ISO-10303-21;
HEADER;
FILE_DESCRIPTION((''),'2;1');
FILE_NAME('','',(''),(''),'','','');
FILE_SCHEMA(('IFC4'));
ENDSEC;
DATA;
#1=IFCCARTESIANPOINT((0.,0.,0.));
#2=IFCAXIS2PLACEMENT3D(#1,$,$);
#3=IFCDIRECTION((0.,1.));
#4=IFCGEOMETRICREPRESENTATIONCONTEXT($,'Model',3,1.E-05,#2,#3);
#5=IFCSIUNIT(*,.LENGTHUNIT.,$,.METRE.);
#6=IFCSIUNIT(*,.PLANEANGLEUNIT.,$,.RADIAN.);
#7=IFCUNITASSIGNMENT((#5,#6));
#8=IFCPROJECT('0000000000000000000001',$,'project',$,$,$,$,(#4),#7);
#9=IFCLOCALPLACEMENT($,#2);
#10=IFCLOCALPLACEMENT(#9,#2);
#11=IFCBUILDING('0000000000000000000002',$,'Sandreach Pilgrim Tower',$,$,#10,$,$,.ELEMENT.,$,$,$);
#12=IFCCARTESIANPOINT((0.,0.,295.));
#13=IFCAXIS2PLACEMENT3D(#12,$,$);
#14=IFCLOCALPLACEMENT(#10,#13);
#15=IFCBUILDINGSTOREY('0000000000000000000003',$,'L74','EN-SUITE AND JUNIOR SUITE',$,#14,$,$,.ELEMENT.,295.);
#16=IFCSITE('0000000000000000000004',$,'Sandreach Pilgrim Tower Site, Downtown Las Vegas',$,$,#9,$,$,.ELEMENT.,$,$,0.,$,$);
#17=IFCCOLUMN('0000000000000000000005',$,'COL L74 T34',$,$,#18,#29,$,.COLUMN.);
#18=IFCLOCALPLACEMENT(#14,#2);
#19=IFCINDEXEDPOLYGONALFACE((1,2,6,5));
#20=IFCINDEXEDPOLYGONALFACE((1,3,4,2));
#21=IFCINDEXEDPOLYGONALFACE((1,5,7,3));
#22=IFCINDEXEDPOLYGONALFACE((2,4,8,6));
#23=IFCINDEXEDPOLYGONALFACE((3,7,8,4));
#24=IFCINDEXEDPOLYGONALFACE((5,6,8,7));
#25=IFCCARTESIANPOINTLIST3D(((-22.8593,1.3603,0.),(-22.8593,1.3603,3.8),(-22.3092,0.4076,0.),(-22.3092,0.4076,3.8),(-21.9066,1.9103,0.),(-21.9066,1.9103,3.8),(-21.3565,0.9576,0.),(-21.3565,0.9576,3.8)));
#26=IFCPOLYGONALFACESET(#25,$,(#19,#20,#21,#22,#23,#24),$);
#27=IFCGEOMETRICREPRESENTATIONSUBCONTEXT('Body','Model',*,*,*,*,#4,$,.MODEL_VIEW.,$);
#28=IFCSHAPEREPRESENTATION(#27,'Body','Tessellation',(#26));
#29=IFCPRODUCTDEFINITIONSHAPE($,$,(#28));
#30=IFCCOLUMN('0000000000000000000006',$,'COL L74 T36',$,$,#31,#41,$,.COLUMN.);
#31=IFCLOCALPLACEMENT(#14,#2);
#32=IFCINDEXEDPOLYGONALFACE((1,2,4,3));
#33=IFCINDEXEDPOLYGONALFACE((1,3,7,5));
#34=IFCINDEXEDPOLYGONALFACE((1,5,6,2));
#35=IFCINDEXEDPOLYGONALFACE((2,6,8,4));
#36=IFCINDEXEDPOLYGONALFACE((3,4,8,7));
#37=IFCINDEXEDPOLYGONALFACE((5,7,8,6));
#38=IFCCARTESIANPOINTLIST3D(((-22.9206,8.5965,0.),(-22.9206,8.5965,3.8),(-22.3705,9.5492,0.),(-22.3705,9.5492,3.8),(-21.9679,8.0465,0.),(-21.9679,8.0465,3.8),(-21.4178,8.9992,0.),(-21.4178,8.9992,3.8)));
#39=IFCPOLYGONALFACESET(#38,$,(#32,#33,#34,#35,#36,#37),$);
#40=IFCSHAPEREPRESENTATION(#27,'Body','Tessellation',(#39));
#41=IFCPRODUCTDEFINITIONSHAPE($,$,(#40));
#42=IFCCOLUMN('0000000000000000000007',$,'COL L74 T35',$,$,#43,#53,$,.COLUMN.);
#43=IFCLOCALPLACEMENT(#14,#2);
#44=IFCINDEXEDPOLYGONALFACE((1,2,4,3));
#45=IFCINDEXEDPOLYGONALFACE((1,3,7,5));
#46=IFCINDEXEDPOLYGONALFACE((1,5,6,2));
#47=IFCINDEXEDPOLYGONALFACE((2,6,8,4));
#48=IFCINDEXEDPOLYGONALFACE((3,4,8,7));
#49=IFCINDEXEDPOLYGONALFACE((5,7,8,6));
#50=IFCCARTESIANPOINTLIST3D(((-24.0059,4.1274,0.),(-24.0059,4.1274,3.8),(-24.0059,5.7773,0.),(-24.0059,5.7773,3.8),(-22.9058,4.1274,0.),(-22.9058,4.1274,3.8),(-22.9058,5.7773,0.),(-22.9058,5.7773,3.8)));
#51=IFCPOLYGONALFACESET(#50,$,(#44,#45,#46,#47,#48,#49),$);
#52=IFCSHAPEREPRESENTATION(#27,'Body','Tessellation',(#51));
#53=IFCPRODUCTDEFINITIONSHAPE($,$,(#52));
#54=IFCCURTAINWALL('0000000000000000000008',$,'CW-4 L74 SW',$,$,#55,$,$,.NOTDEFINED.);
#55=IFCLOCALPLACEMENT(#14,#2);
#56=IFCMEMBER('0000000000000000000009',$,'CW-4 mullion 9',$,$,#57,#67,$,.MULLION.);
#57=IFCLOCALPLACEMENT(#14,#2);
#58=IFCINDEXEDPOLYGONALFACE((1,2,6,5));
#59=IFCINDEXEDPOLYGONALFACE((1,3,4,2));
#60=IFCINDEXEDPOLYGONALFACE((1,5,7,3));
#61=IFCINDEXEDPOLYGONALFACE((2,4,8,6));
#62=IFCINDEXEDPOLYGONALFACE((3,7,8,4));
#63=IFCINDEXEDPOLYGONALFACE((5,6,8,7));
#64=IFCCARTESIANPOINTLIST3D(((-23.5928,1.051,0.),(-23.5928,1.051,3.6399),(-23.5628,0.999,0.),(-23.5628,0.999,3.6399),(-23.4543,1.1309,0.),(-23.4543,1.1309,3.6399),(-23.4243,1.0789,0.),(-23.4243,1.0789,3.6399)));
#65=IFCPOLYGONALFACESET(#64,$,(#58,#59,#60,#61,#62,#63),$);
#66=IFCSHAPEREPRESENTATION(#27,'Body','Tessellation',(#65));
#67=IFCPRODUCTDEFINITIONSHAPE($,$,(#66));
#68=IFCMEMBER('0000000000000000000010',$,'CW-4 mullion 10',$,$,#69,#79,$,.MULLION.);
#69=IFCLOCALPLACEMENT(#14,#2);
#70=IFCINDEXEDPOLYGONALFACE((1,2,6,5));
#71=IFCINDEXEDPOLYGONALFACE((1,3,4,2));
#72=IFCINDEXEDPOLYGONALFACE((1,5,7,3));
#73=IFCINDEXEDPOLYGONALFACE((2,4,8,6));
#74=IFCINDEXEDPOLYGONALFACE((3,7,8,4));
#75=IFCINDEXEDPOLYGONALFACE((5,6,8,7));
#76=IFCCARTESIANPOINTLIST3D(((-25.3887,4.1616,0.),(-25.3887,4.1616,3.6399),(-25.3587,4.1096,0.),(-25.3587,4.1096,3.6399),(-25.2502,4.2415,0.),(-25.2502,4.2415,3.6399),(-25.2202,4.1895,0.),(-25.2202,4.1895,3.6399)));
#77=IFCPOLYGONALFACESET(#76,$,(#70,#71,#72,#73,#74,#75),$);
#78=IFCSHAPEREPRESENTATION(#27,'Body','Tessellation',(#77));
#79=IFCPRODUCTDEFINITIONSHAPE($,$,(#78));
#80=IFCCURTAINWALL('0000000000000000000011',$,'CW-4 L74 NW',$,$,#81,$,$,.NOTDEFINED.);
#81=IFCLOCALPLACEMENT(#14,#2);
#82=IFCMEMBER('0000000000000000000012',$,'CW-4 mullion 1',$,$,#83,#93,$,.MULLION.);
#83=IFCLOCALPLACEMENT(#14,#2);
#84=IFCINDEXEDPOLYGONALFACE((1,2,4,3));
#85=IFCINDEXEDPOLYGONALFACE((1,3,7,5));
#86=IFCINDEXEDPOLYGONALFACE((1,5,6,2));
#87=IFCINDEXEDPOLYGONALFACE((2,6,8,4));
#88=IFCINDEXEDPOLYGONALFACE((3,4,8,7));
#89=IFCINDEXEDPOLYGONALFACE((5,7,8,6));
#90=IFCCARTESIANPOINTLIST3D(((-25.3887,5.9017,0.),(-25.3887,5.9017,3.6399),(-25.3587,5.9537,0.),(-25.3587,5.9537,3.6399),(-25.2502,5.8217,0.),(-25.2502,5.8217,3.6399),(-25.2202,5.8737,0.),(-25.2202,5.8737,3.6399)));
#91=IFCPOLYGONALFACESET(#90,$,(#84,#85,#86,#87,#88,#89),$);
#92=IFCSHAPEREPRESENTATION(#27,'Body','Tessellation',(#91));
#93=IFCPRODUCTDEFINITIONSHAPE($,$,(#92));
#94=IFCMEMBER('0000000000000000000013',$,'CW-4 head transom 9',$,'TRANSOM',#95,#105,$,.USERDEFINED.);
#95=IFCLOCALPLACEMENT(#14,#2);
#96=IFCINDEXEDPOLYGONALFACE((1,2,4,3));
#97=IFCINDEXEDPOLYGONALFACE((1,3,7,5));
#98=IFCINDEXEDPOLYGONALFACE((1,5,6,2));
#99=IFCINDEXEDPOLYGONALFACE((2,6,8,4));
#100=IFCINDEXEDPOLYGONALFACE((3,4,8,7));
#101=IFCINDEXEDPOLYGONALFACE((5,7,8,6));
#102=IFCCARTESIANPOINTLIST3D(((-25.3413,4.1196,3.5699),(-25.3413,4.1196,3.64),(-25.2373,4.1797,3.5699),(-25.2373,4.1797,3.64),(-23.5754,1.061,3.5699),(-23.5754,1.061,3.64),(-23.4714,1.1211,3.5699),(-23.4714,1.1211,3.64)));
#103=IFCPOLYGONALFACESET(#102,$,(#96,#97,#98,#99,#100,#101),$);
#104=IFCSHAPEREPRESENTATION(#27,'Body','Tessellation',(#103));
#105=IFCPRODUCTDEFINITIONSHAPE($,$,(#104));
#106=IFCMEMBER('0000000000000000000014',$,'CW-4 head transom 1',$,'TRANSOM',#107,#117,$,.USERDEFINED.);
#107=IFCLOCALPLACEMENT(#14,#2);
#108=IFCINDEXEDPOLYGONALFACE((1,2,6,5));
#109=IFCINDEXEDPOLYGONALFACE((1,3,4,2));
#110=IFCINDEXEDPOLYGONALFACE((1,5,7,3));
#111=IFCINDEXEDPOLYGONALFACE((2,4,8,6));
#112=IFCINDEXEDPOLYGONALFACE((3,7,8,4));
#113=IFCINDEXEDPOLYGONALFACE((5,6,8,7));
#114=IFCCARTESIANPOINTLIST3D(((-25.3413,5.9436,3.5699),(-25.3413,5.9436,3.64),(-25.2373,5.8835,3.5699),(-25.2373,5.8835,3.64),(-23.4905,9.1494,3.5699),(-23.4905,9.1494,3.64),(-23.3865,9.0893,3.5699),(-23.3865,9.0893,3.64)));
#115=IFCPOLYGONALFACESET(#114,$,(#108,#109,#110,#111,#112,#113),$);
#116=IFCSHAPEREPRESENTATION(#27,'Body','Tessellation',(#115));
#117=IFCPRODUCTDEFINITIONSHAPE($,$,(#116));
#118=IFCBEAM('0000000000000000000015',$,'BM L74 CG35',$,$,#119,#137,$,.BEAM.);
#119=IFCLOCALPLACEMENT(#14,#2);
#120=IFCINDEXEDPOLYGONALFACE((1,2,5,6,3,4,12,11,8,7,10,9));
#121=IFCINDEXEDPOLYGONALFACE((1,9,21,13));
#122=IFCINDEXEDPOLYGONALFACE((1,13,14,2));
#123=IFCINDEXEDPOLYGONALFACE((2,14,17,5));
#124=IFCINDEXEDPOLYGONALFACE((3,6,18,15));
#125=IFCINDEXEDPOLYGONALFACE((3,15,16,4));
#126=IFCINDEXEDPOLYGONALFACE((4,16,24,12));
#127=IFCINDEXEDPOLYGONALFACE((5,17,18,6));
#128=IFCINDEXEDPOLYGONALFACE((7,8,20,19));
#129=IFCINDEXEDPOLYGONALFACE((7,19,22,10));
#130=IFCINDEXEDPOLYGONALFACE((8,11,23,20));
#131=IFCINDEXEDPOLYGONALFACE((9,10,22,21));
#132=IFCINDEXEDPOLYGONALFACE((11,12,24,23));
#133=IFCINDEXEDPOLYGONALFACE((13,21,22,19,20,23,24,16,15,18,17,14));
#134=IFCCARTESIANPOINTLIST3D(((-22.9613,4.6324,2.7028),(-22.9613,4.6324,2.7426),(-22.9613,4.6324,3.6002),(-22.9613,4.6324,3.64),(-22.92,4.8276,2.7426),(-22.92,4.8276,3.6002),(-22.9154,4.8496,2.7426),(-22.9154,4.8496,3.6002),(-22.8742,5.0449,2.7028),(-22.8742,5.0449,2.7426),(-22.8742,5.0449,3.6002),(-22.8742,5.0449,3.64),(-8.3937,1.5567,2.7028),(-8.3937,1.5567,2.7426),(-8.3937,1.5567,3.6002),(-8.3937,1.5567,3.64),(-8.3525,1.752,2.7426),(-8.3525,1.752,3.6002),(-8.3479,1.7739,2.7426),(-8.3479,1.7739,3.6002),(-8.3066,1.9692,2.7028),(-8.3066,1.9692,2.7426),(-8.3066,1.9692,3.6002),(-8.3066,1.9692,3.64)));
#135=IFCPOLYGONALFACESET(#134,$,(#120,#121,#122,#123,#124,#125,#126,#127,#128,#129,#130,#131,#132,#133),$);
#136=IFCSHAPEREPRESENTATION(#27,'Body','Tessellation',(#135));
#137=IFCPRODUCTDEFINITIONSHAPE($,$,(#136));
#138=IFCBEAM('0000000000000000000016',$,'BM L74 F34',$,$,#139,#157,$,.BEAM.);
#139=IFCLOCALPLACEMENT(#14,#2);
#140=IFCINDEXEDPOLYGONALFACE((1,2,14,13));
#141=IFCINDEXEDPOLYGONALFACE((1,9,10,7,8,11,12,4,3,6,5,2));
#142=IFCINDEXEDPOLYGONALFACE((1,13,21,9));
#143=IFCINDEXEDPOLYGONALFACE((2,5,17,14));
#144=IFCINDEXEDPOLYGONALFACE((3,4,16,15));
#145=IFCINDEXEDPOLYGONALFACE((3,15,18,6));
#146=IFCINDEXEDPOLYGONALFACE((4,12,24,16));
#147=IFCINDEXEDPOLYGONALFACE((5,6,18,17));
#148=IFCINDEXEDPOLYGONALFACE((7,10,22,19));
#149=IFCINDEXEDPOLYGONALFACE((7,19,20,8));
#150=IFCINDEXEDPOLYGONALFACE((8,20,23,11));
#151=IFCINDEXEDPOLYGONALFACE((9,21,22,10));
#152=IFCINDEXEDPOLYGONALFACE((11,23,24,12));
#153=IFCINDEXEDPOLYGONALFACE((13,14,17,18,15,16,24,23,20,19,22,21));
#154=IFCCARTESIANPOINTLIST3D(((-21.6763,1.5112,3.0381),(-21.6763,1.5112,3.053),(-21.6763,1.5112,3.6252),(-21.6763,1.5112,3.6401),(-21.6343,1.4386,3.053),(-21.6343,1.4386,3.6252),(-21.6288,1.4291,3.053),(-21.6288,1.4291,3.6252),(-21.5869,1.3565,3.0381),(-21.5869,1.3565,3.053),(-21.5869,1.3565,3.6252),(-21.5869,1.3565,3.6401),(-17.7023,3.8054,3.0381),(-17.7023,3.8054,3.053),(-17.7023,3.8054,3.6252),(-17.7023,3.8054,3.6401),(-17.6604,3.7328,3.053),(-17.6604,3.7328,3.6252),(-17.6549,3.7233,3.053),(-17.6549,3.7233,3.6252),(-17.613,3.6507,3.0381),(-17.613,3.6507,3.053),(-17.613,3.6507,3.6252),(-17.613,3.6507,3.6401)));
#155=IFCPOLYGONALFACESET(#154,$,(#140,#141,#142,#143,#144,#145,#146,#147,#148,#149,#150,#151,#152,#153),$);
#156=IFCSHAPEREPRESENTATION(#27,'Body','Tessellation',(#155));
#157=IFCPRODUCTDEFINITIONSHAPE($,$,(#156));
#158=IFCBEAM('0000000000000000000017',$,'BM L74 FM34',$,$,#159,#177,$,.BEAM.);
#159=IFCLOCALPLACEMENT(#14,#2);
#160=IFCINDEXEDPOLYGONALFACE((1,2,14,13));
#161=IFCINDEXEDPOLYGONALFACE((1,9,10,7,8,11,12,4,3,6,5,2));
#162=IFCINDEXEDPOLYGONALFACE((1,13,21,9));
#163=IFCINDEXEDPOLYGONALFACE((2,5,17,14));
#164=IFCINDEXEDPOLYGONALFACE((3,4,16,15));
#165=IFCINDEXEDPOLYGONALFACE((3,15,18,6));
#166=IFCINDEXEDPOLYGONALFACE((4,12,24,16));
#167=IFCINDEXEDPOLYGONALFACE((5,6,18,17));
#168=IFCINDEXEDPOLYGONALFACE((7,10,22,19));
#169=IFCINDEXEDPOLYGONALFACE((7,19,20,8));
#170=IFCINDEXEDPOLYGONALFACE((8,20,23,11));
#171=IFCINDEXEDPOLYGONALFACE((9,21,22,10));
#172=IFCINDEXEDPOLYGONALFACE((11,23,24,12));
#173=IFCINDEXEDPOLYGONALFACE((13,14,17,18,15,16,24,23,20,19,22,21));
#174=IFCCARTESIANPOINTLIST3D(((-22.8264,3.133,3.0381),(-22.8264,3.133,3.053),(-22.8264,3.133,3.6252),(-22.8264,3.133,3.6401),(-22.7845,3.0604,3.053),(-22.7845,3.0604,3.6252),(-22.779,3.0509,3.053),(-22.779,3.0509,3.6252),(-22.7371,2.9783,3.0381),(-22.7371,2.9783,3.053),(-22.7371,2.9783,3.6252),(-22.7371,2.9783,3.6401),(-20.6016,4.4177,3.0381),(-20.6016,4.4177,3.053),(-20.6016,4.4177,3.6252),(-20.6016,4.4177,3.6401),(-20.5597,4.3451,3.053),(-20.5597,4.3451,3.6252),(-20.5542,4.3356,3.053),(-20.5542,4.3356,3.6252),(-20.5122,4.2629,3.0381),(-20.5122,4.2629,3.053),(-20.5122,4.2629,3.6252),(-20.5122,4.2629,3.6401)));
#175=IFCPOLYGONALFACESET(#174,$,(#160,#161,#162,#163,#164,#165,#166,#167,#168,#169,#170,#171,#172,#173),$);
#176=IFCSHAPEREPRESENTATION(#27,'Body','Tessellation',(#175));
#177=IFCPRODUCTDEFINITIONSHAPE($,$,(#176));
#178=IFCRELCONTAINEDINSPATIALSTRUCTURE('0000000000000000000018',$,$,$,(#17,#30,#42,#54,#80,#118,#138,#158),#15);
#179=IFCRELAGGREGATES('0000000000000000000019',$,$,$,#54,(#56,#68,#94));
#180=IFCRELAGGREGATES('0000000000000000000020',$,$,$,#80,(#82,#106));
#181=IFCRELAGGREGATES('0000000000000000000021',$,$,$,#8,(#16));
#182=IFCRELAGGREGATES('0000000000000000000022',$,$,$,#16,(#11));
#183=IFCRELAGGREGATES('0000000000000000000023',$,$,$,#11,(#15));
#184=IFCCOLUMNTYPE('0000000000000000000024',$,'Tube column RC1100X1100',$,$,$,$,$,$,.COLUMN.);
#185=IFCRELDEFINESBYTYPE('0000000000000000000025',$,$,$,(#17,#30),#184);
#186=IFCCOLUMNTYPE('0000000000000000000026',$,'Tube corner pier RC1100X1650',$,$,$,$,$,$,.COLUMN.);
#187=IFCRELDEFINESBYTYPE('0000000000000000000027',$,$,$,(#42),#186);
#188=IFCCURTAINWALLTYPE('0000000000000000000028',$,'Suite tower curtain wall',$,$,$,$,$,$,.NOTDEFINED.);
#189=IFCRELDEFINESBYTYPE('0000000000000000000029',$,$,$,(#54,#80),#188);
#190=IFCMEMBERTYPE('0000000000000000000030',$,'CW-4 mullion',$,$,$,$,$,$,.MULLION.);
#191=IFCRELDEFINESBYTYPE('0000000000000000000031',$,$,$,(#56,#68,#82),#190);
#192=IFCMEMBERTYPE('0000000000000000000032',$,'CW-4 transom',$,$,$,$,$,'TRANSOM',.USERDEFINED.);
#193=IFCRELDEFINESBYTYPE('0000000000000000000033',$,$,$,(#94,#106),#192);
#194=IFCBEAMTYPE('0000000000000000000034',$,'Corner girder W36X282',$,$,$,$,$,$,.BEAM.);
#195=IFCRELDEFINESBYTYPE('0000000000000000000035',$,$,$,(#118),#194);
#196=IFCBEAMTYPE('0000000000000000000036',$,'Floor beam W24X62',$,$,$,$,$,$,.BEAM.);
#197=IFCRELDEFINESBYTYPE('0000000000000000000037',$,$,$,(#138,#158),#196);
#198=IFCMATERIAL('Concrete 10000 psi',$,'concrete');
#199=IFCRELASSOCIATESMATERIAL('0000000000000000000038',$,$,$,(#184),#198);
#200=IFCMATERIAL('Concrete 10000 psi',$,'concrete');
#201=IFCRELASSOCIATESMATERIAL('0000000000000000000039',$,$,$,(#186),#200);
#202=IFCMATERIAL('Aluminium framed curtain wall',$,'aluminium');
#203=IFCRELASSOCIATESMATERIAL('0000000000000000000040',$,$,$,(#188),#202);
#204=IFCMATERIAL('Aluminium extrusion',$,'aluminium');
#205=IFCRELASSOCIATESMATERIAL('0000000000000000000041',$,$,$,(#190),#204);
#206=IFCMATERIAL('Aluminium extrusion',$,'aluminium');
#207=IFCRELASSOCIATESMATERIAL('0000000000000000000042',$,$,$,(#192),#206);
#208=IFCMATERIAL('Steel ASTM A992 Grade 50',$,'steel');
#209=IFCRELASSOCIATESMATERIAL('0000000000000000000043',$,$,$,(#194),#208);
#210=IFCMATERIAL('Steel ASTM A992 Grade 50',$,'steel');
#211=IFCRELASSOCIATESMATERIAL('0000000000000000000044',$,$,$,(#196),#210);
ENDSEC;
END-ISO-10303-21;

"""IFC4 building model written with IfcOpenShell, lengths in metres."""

from ifc_helpers import new_model, si_unit, direction, frame, origin, origin_2d, place, context, subcontext, project, spatial, rectangle, i_section, extrude, material, material_profile, profile_set, type_object, element, aggregate, save


model = new_model("IFC4")

# Units and contexts
model_context = context("Model", 3, precision=1e-05, world=origin(), true_north=direction((0.0, 1.0)))
body_context = subcontext(model_context, "Body", "Model", "MODEL_VIEW")
ifc_project = project(units=[si_unit("LENGTHUNIT", "METRE"), si_unit("PLANEANGLEUNIT", "RADIAN")], contexts=[model_context])

# Site, building, storey
site_placement = place(None, origin())
site = spatial("IfcSite", under=ifc_project, at=site_placement, Name="Sandreach Pilgrim Tower Site, Downtown Las Vegas", CompositionType="ELEMENT", RefElevation=0.0)
building_placement = place(site_placement, origin())
building = spatial("IfcBuilding", under=site, at=building_placement, Name="Sandreach Pilgrim Tower", CompositionType="ELEMENT")
storey_placement = place(building_placement, frame((0.0, 0.0, 295.0)))
storey = spatial("IfcBuildingStorey", under=building, at=storey_placement, Name="L74", Description="EN-SUITE AND JUNIOR SUITE", CompositionType="ELEMENT", Elevation=295.0)

# Columns
ifc_material_1 = material(Name="Concrete 10000 psi", Category="concrete")
ifc_material_profile_1 = material_profile(ifc_material_1, rectangle(XDim=1.1001, YDim=1.1001, at=origin_2d()), Name="RC1100X1100")
ifc_profile_set_1 = profile_set([ifc_material_profile_1], Name="Concrete 10000 psi")
column_type_1 = type_object("IfcColumnType", Name="Tube column RC1100X1100", PredefinedType="COLUMN", material=ifc_profile_set_1)
for number, where, z_axis, x_axis, name in (
    (1, (-22.1079, 1.1589, 0.0), (0.0, 0.0, 1.0), (-0.866025, -0.5, 0.0), "COL L74 T34"),
    (2, (-22.1692, 8.7979, 0.0), (0.0, 0.0, 1.0), (-0.866025, 0.5, 0.0), "COL L74 T36"),
):
    element("IfcColumn", number, at=place(storey_placement, frame(where, z_axis=z_axis, x_axis=x_axis)), inside=storey, type_object=column_type_1, Name=name, PredefinedType="COLUMN", context=body_context, shape_type="SweptSolid", body=[
        extrude(rectangle(XDim=1.1001, YDim=1.1001, at=origin_2d()), origin(), (0.0, 0.0, 1.0), 3.8),
    ])
ifc_material_2 = material(Name="Concrete 10000 psi", Category="concrete")
ifc_material_profile_2 = material_profile(ifc_material_2, rectangle(XDim=1.1001, YDim=1.6499, at=origin_2d()), Name="RC1100X1650")
ifc_profile_set_2 = profile_set([ifc_material_profile_2], Name="Concrete 10000 psi")
column_type_2 = type_object("IfcColumnType", Name="Tube corner pier RC1100X1650", PredefinedType="COLUMN", material=ifc_profile_set_2)
column_placement = place(storey_placement, frame((-23.4558, 4.9524, 0.0), z_axis=(0.0, 0.0, 1.0), x_axis=(-1.0, 0.0, 0.0)))
element("IfcColumn", 3, at=column_placement, inside=storey, type_object=column_type_2, Name="COL L74 T35", PredefinedType="COLUMN", context=body_context, shape_type="SweptSolid", body=[
    extrude(rectangle(XDim=1.1001, YDim=1.6499, at=origin_2d()), origin(), (0.0, 0.0, 1.0), 3.8),
])

# Curtain wall, members
ifc_material_3 = material(Name="Aluminium framed curtain wall", Category="aluminium")
curtain_wall_type = type_object("IfcCurtainWallType", Name="Suite tower curtain wall", PredefinedType="NOTDEFINED", material=ifc_material_3)
curtain_wall_1_placement = place(storey_placement, origin())
curtain_wall_1 = element("IfcCurtainWall", 4, at=curtain_wall_1_placement, inside=storey, type_object=curtain_wall_type, Name="CW-4 L74 SW", PredefinedType="NOTDEFINED")
ifc_material_4 = material(Name="Aluminium extrusion", Category="aluminium")
ifc_material_profile_3 = material_profile(ifc_material_4, rectangle(XDim=0.0601, YDim=0.1599, at=origin_2d()), Name="CW-4M 60X160")
ifc_profile_set_3 = profile_set([ifc_material_profile_3], Name="Aluminium extrusion")
member_type_1 = type_object("IfcMemberType", Name="CW-4 mullion", PredefinedType="MULLION", material=ifc_profile_set_3)
member_1_placement = place(storey_placement, frame((-23.5085, 1.0649, 0.0), z_axis=(0.0, 0.0, 1.0), x_axis=(-0.5, 0.866025, 0.0)))
member_1 = element("IfcMember", 5, at=member_1_placement, type_object=member_type_1, Name="CW-4 mullion 9", PredefinedType="MULLION", context=body_context, shape_type="SweptSolid", body=[
    extrude(rectangle(XDim=0.0601, YDim=0.1599, at=origin_2d()), origin(), (0.0, 0.0, 1.0), 3.6399),
])
member_2_placement = place(storey_placement, frame((-25.3044, 4.1755, 0.0), z_axis=(0.0, 0.0, 1.0), x_axis=(-0.5, 0.866025, 0.0)))
member_2 = element("IfcMember", 6, at=member_2_placement, type_object=member_type_1, Name="CW-4 mullion 10", PredefinedType="MULLION", context=body_context, shape_type="SweptSolid", body=[
    extrude(rectangle(XDim=0.0601, YDim=0.1599, at=origin_2d()), origin(), (0.0, 0.0, 1.0), 3.6399),
])

# Curtain wall, member
curtain_wall_2_placement = place(storey_placement, origin())
curtain_wall_2 = element("IfcCurtainWall", 7, at=curtain_wall_2_placement, inside=storey, type_object=curtain_wall_type, Name="CW-4 L74 NW", PredefinedType="NOTDEFINED")
member_3_placement = place(storey_placement, frame((-25.3044, 5.8877, 0.0), z_axis=(0.0, 0.0, 1.0), x_axis=(0.5, 0.866025, 0.0)))
member_3 = element("IfcMember", 8, at=member_3_placement, type_object=member_type_1, Name="CW-4 mullion 1", PredefinedType="MULLION", context=body_context, shape_type="SweptSolid", body=[
    extrude(rectangle(XDim=0.0601, YDim=0.1599, at=origin_2d()), origin(), (0.0, 0.0, 1.0), 3.6399),
])

# Members
ifc_material_5 = material(Name="Aluminium extrusion", Category="aluminium")
ifc_material_profile_4 = material_profile(ifc_material_5, rectangle(XDim=0.1201, YDim=0.0701, at=origin_2d()), Name="CW-4T 120X70")
ifc_profile_set_4 = profile_set([ifc_material_profile_4], Name="Aluminium extrusion")
member_type_2 = type_object("IfcMemberType", Name="CW-4 transom", ElementType="TRANSOM", PredefinedType="USERDEFINED", material=ifc_profile_set_4)
member_4_placement = place(storey_placement, frame((-23.5234, 1.0911, 3.605), z_axis=(-0.499998, 0.866027, 0.0), x_axis=(-0.866027, -0.499998, 0.0)))
member_4 = element("IfcMember", 9, at=member_4_placement, type_object=member_type_2, Name="CW-4 head transom 9", ObjectType="TRANSOM", PredefinedType="USERDEFINED", context=body_context, shape_type="SweptSolid", body=[
    extrude(rectangle(XDim=0.1201, YDim=0.0701, at=origin_2d()), origin(), (0.0, 0.0, 1.0), 3.5317),
])
member_5_placement = place(storey_placement, frame((-25.2893, 5.9136, 3.605), z_axis=(0.499991, 0.866031, 0.0), x_axis=(-0.866031, 0.499991, 0.0)))
member_5 = element("IfcMember", 10, at=member_5_placement, type_object=member_type_2, Name="CW-4 head transom 1", ObjectType="TRANSOM", PredefinedType="USERDEFINED", context=body_context, shape_type="SweptSolid", body=[
    extrude(rectangle(XDim=0.1201, YDim=0.0701, at=origin_2d()), origin(), (0.0, 0.0, 1.0), 3.7017),
])

# Beams
ifc_material_6 = material(Name="Steel ASTM A992 Grade 50", Category="steel")
ifc_material_profile_5 = material_profile(ifc_material_6, i_section(OverallWidth=0.4216, OverallDepth=0.9373, WebThickness=0.0225, FlangeThickness=0.0398, at=origin_2d()), Name="W36X282")
ifc_profile_set_5 = profile_set([ifc_material_profile_5], Name="Steel ASTM A992 Grade 50")
beam_type_1 = type_object("IfcBeamType", Name="Corner girder W36X282", PredefinedType="BEAM", material=ifc_profile_set_5)
beam_1_placement = place(storey_placement, frame((-22.9177, 4.8386, 3.1714), z_axis=(0.97843, -0.206577, 0.0), x_axis=(0.206577, 0.97843, 0.0)))
element("IfcBeam", 11, at=beam_1_placement, inside=storey, type_object=beam_type_1, Name="BM L74 CG35", PredefinedType="BEAM", context=body_context, shape_type="SweptSolid", body=[
    extrude(i_section(OverallWidth=0.4216, OverallDepth=0.9373, WebThickness=0.0225, FlangeThickness=0.0398, at=origin_2d()), origin(), (0.0, 0.0, 1.0), 14.8887),
])
ifc_material_7 = material(Name="Steel ASTM A992 Grade 50", Category="steel")
ifc_material_profile_6 = material_profile(ifc_material_7, i_section(OverallWidth=0.1787, OverallDepth=0.6021, WebThickness=0.011, FlangeThickness=0.0149, at=origin_2d()), Name="W24X62")
ifc_profile_set_6 = profile_set([ifc_material_profile_6], Name="Steel ASTM A992 Grade 50")
beam_type_2 = type_object("IfcBeamType", Name="Floor beam W24X62", PredefinedType="BEAM", material=ifc_profile_set_6)
beam_2_placement = place(storey_placement, frame((-21.6316, 1.4338, 3.3391), z_axis=(0.866038, 0.499979, 0.0), x_axis=(-0.499979, 0.866038, 0.0)))
element("IfcBeam", 12, at=beam_2_placement, inside=storey, type_object=beam_type_2, Name="BM L74 F34", PredefinedType="BEAM", context=body_context, shape_type="SweptSolid", body=[
    extrude(i_section(OverallWidth=0.1787, OverallDepth=0.6021, WebThickness=0.011, FlangeThickness=0.0149, at=origin_2d()), origin(), (0.0, 0.0, 1.0), 4.5886),
])
beam_3_placement = place(storey_placement, frame((-22.7817, 3.0557, 3.3391), z_axis=(0.866, 0.500043, 0.0), x_axis=(-0.500043, 0.866, 0.0)))
element("IfcBeam", 13, at=beam_3_placement, inside=storey, type_object=beam_type_2, Name="BM L74 FM34", PredefinedType="BEAM", context=body_context, shape_type="SweptSolid", body=[
    extrude(i_section(OverallWidth=0.1787, OverallDepth=0.6021, WebThickness=0.011, FlangeThickness=0.0149, at=origin_2d()), origin(), (0.0, 0.0, 1.0), 2.5691),
])

aggregate(curtain_wall_1, [member_1, member_2, member_4])
aggregate(curtain_wall_2, [member_3, member_5])

save(model, "model.ifc")
